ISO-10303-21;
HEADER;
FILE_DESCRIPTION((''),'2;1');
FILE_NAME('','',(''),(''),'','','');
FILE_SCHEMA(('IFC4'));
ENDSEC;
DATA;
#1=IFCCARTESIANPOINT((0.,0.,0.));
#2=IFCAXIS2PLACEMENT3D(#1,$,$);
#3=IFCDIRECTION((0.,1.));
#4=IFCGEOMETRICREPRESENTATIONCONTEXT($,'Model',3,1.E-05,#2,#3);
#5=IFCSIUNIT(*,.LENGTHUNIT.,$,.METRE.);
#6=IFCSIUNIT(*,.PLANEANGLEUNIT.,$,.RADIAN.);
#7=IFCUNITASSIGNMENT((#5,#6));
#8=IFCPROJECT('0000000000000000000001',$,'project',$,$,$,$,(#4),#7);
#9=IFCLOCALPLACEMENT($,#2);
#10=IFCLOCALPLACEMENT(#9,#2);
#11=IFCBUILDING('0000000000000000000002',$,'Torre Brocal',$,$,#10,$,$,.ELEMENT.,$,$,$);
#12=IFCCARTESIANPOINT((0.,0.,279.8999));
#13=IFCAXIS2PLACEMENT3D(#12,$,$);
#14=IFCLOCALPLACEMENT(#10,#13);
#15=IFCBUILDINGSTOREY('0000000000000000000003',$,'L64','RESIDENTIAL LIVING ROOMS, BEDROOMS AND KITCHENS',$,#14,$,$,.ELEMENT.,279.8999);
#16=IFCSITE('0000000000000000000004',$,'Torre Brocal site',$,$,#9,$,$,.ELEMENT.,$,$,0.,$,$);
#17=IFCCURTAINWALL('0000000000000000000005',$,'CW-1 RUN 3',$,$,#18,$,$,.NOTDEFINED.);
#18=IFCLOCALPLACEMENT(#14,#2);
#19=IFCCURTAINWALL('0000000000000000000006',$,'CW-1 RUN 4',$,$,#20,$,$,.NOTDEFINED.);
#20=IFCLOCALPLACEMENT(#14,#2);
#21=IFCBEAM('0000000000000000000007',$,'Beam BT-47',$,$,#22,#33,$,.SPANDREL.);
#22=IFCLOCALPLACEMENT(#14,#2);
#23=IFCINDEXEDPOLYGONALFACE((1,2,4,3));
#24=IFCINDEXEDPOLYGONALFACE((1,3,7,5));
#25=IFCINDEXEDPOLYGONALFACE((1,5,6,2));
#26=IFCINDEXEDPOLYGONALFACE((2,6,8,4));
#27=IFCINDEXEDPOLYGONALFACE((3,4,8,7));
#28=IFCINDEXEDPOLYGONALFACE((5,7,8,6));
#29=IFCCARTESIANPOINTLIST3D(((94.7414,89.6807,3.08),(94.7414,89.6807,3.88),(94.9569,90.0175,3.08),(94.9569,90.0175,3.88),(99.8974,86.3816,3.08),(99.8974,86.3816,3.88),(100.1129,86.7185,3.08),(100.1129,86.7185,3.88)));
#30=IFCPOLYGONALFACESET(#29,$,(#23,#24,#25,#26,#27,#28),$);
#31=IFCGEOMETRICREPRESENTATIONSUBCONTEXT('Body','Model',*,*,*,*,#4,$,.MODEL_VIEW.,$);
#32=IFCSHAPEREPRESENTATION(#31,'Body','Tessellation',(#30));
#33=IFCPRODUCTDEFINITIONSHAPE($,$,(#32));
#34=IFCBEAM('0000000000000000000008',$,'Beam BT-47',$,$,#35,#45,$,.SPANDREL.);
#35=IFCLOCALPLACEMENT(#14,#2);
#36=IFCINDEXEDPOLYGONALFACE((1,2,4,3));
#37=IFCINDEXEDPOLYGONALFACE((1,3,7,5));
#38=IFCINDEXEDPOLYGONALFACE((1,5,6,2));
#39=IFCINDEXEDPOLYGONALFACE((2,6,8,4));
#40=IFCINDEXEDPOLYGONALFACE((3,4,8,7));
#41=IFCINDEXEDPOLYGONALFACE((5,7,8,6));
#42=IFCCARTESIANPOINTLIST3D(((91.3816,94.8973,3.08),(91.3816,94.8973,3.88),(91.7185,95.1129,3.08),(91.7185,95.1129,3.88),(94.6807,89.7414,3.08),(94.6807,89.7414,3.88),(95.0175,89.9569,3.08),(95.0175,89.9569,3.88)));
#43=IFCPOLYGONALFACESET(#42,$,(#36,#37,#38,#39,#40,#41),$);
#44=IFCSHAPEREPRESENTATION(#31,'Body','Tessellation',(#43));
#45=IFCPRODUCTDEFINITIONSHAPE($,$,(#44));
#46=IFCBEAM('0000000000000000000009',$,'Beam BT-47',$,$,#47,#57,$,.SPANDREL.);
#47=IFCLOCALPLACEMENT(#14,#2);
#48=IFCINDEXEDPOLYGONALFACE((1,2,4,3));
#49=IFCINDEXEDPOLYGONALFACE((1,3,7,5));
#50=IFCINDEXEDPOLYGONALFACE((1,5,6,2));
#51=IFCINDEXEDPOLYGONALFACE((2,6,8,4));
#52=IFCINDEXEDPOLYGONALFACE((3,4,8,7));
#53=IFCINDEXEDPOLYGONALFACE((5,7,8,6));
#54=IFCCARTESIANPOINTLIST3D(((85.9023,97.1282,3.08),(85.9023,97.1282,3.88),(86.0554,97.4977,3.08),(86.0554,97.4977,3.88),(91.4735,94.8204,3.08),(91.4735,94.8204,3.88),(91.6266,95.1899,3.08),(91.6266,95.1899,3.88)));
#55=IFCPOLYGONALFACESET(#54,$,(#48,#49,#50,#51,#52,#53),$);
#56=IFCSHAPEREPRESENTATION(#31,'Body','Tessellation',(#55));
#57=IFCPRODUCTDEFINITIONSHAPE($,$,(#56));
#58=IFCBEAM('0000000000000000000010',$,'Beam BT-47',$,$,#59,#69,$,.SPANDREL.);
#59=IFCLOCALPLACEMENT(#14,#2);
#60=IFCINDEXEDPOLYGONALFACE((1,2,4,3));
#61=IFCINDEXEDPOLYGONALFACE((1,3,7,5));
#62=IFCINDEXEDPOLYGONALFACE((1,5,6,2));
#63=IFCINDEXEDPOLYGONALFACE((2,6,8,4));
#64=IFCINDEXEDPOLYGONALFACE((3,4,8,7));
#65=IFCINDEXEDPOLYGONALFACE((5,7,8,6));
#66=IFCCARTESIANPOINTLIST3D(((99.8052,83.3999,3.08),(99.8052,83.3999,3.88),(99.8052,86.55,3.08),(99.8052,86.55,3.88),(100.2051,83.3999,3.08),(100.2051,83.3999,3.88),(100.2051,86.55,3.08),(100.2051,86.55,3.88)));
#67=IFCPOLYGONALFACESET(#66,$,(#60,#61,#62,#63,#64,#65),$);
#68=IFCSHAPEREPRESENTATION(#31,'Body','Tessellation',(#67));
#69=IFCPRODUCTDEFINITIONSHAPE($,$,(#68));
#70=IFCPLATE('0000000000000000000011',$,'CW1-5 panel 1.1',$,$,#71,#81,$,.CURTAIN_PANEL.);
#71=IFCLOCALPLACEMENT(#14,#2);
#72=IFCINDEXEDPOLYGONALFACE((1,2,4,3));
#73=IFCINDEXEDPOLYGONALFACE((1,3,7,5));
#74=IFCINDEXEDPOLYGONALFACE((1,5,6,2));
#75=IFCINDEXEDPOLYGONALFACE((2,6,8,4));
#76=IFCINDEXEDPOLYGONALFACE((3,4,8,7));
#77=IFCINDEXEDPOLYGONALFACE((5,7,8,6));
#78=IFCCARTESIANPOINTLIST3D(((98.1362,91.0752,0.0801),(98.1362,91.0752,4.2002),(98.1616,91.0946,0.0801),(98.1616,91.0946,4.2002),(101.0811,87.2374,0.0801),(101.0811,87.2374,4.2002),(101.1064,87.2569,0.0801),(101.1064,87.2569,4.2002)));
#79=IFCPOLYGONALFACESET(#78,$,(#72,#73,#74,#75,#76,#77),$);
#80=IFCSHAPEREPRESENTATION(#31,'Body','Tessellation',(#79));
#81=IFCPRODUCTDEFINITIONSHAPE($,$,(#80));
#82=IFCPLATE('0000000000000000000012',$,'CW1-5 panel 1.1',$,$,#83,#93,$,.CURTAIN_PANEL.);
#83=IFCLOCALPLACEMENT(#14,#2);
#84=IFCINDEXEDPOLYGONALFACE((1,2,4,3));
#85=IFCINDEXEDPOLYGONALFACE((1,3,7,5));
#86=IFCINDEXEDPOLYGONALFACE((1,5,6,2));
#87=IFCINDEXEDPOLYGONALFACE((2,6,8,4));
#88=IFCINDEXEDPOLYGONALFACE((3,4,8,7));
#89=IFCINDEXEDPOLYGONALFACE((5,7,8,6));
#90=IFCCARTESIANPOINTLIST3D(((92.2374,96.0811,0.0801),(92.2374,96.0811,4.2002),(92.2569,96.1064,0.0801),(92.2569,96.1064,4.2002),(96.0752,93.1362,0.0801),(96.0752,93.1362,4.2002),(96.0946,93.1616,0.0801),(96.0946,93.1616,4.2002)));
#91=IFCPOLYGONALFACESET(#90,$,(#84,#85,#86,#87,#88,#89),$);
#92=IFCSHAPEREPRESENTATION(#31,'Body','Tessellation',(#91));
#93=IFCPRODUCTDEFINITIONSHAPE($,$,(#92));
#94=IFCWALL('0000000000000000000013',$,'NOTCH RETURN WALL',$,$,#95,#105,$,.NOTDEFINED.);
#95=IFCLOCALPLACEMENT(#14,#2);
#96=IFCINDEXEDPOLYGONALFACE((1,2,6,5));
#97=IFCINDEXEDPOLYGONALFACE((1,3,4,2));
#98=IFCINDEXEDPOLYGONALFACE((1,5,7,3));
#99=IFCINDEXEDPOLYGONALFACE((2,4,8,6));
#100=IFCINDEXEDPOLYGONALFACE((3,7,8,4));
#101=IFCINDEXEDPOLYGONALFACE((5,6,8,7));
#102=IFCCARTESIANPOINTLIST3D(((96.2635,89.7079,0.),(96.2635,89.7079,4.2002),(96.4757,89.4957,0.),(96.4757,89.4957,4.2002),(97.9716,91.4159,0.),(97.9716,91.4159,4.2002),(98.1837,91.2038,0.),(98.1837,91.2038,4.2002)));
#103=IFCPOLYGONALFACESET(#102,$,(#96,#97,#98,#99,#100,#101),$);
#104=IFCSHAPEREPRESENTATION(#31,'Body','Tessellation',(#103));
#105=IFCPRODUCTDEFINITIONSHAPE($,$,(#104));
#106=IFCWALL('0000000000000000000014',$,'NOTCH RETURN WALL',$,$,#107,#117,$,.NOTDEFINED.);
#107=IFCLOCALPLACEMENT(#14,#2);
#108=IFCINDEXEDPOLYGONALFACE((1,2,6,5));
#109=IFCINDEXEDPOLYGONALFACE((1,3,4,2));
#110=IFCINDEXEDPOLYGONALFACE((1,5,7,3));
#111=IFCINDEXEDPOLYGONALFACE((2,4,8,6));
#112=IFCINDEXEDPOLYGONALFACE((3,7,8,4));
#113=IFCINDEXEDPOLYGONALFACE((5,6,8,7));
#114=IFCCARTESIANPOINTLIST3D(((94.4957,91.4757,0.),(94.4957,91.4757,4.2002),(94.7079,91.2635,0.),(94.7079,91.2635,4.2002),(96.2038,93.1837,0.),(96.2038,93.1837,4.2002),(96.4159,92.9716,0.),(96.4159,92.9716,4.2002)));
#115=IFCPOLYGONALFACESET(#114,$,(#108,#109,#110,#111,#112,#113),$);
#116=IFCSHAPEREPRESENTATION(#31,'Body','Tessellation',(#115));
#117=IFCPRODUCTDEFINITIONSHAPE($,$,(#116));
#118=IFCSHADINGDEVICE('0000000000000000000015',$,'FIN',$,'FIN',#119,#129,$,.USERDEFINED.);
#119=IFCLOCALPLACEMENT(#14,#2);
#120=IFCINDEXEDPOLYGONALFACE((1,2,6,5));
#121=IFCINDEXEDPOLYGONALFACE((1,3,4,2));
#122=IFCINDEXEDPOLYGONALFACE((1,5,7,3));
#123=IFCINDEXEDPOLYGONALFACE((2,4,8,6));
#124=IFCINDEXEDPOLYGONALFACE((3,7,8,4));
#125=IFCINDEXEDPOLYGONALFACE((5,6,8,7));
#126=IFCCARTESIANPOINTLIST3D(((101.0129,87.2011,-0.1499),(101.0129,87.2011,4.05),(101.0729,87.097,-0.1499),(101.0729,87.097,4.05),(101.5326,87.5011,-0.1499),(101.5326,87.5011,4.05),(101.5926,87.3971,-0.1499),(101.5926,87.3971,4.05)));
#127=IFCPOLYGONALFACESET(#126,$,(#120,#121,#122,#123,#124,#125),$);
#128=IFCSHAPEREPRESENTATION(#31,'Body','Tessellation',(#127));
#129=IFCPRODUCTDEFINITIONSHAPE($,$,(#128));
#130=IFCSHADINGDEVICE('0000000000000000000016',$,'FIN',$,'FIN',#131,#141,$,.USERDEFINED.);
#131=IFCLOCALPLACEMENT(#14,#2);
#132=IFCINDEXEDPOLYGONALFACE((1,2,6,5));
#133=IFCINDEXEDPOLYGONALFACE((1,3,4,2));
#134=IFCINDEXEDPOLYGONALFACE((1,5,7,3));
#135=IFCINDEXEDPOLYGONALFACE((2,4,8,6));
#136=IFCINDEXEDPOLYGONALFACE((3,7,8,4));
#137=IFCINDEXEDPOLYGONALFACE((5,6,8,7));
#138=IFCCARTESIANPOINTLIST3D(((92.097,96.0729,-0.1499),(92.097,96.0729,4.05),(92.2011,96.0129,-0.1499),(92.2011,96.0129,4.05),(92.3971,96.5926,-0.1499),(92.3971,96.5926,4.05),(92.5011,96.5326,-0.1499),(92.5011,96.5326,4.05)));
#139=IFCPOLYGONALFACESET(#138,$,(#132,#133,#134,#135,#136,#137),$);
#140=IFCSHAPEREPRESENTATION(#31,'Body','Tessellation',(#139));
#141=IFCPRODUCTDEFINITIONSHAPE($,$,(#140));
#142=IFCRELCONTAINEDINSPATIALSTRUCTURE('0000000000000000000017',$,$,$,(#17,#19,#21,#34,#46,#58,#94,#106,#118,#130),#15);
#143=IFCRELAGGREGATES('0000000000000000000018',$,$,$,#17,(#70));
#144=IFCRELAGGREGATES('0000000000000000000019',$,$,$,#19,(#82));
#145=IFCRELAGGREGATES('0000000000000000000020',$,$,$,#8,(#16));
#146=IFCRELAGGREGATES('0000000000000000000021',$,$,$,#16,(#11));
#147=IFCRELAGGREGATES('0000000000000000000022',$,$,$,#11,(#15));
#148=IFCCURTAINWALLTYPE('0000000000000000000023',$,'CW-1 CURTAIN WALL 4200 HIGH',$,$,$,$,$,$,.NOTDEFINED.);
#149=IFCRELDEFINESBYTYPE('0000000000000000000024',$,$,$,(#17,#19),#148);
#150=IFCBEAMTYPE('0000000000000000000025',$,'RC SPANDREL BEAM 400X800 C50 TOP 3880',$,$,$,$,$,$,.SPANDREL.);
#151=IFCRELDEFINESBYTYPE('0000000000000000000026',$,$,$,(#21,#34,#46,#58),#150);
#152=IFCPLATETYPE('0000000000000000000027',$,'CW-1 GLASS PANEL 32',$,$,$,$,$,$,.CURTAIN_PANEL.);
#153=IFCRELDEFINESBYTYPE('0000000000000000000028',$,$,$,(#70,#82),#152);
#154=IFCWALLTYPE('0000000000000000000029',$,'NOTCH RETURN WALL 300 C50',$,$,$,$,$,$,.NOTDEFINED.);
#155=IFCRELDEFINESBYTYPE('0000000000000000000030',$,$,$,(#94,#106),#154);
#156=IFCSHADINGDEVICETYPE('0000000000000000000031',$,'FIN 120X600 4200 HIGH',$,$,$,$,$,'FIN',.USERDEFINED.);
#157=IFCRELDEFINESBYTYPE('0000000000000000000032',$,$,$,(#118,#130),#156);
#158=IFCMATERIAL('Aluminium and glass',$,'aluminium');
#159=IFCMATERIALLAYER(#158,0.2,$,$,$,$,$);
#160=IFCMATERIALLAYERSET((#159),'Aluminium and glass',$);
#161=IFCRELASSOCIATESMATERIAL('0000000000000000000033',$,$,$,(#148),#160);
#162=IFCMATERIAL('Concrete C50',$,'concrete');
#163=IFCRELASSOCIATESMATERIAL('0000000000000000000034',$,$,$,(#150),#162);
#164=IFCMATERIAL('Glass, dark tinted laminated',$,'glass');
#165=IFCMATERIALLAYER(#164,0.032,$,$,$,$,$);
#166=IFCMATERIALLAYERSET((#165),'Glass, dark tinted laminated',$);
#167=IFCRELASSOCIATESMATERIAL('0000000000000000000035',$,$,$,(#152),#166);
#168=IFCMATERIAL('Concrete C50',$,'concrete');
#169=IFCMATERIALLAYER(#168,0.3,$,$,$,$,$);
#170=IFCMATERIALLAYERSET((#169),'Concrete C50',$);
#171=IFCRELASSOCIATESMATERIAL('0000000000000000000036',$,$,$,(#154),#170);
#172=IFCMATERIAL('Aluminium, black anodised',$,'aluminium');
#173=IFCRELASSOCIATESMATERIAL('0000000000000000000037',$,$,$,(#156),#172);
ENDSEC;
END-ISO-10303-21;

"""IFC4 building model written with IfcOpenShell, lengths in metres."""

from ifc_helpers import new_model, si_unit, direction, frame, frame_2d, origin, origin_2d, place, context, subcontext, project, spatial, rectangle, extrude, material, layer, layer_set, material_profile, profile_set, type_object, element, aggregate, save


model = new_model("IFC4")

# Units and contexts
model_context = context("Model", 3, precision=1e-05, world=origin(), true_north=direction((0.0, 1.0)))
body_context = subcontext(model_context, "Body", "Model", "MODEL_VIEW")
ifc_project = project(units=[si_unit("LENGTHUNIT", "METRE"), si_unit("PLANEANGLEUNIT", "RADIAN")], contexts=[model_context])

# Site, building, storey
site_placement = place(None, origin())
site = spatial("IfcSite", under=ifc_project, at=site_placement, Name="Torre Brocal site", CompositionType="ELEMENT", RefElevation=0.0)
building_placement = place(site_placement, origin())
building = spatial("IfcBuilding", under=site, at=building_placement, Name="Torre Brocal", CompositionType="ELEMENT")
storey_placement = place(building_placement, frame((0.0, 0.0, 279.8999)))
storey = spatial("IfcBuildingStorey", under=building, at=storey_placement, Name="L64", Description="RESIDENTIAL LIVING ROOMS, BEDROOMS AND KITCHENS", CompositionType="ELEMENT", Elevation=279.8999)

# Shared definitions
ifc_material_1 = material(Name="Aluminium and glass", Category="aluminium")
ifc_layer_1 = layer(ifc_material_1, 0.2)
ifc_layer_set_1 = layer_set([ifc_layer_1], Name="Aluminium and glass")
curtain_wall_type = type_object("IfcCurtainWallType", Name="CW-1 CURTAIN WALL 4200 HIGH", PredefinedType="NOTDEFINED", material=ifc_layer_set_1)

# Curtain walls
curtain_wall_1_placement = place(storey_placement, origin())
curtain_wall_1 = element("IfcCurtainWall", 1, at=curtain_wall_1_placement, inside=storey, type_object=curtain_wall_type, Name="CW-1 RUN 3", PredefinedType="NOTDEFINED")
curtain_wall_2_placement = place(storey_placement, origin())
curtain_wall_2 = element("IfcCurtainWall", 2, at=curtain_wall_2_placement, inside=storey, type_object=curtain_wall_type, Name="CW-1 RUN 4", PredefinedType="NOTDEFINED")

# Beams
ifc_material_2 = material(Name="Concrete C50", Category="concrete")
ifc_material_profile_1 = material_profile(ifc_material_2, rectangle(XDim=0.3999, YDim=0.8, at=origin_2d()), Name="RC 400X800")
ifc_profile_set_1 = profile_set([ifc_material_profile_1], Name="Concrete C50")
beam_type_1 = type_object("IfcBeamType", Name="RC SPANDREL BEAM 400X800 C50 TOP 3880", PredefinedType="SPANDREL", material=ifc_profile_set_1)
for number, where, z_axis, x_axis, name in (
    (3, (100.0051, 86.55, 3.48), (-0.842329, 0.538964, 0.0), (-0.538964, -0.842329, 0.0), "Beam BT-47"),
    (4, (94.8491, 89.8491, 3.48), (-0.538964, 0.842329, 0.0), (-0.842329, -0.538964, 0.0), "Beam BT-47"),
):
    element("IfcBeam", number, at=place(storey_placement, frame(where, z_axis=z_axis, x_axis=x_axis)), inside=storey, type_object=beam_type_1, Name=name, PredefinedType="SPANDREL", context=body_context, shape_type="SweptSolid", body=[
        extrude(rectangle(XDim=0.3999, YDim=0.8, at=origin_2d()), origin(), (0.0, 0.0, 1.0), 6.1211),
    ])
beam_1_placement = place(storey_placement, frame((91.55, 95.0051, 3.48), z_axis=(-0.92387, 0.382706, 0.0), x_axis=(-0.382706, -0.92387, 0.0)))
element("IfcBeam", 5, at=beam_1_placement, inside=storey, type_object=beam_type_1, Name="Beam BT-47", PredefinedType="SPANDREL", context=body_context, shape_type="SweptSolid", body=[
    extrude(rectangle(XDim=0.3999, YDim=0.8, at=origin_2d()), origin(), (0.0, 0.0, 1.0), 6.0303),
])
beam_2_placement = place(storey_placement, frame((100.0051, 86.55, 3.48), z_axis=(0.0, -1.0, 0.0), x_axis=(1.0, 0.0, 0.0)))
element("IfcBeam", 6, at=beam_2_placement, inside=storey, type_object=beam_type_1, Name="Beam BT-47", PredefinedType="SPANDREL", context=body_context, shape_type="SweptSolid", body=[
    extrude(rectangle(XDim=0.3999, YDim=0.8, at=origin_2d()), origin(), (0.0, 0.0, 1.0), 3.1501),
])

# Plates
ifc_material_3 = material(Name="Glass, dark tinted laminated", Category="glass")
ifc_layer_2 = layer(ifc_material_3, 0.032)
ifc_layer_set_2 = layer_set([ifc_layer_2], Name="Glass, dark tinted laminated")
plate_type = type_object("IfcPlateType", Name="CW-1 GLASS PANEL 32", PredefinedType="CURTAIN_PANEL", material=ifc_layer_set_2)
plate_1_placement = place(storey_placement, frame((99.6213, 89.166, 0.0801), z_axis=(0.0, 0.0, 1.0), x_axis=(-0.608761, 0.793353, 0.0)))
plate_1 = element("IfcPlate", 7, at=plate_1_placement, type_object=plate_type, Name="CW1-5 panel 1.1", PredefinedType="CURTAIN_PANEL", context=body_context, shape_type="SweptSolid", body=[
    extrude(rectangle(XDim=4.8374, YDim=0.032, at=origin_2d()), origin(), (0.0, 0.0, 1.0), 4.1201),
])
aggregate(curtain_wall_1, [plate_1])
plate_2_placement = place(storey_placement, frame((94.166, 94.6213, 0.0801), z_axis=(0.0, 0.0, 1.0), x_axis=(-0.793353, 0.608761, 0.0)))
plate_2 = element("IfcPlate", 8, at=plate_2_placement, type_object=plate_type, Name="CW1-5 panel 1.1", PredefinedType="CURTAIN_PANEL", context=body_context, shape_type="SweptSolid", body=[
    extrude(rectangle(XDim=4.8374, YDim=0.032, at=origin_2d()), origin(), (0.0, 0.0, 1.0), 4.1201),
])
aggregate(curtain_wall_2, [plate_2])

# Walls
ifc_material_4 = material(Name="Concrete C50", Category="concrete")
ifc_layer_3 = layer(ifc_material_4, 0.3)
ifc_layer_set_3 = layer_set([ifc_layer_3], Name="Concrete C50")
wall_type = type_object("IfcWallType", Name="NOTCH RETURN WALL 300 C50", PredefinedType="NOTDEFINED", material=ifc_layer_set_3)
for number, where, z_axis, x_axis, name in (
    (9, (96.3696, 89.6018, 0.0), (0.0, 0.0, 1.0), (0.707107, 0.707107, 0.0), "NOTCH RETURN WALL"),
    (10, (94.6018, 91.3696, 0.0), (0.0, 0.0, 1.0), (0.707107, 0.707107, 0.0), "NOTCH RETURN WALL"),
):
    element("IfcWall", number, at=place(storey_placement, frame(where, z_axis=z_axis, x_axis=x_axis)), inside=storey, type_object=wall_type, Name=name, PredefinedType="NOTDEFINED", context=body_context, shape_type="SweptSolid", body=[
        extrude(rectangle(XDim=2.4155, YDim=0.3, at=frame_2d((1.2078, 0.0))), origin(), (0.0, 0.0, 1.0), 4.2002),
    ])

# Shading devices
ifc_material_5 = material(Name="Aluminium, black anodised", Category="aluminium")
ifc_material_profile_2 = material_profile(ifc_material_5, rectangle(XDim=0.1201, YDim=0.6001, at=origin_2d()), Name="FIN 120X600 4200 HIGH")
ifc_profile_set_2 = profile_set([ifc_material_profile_2], Name="Aluminium, black anodised")
shading_device_type = type_object("IfcShadingDeviceType", Name="FIN 120X600 4200 HIGH", ElementType="FIN", PredefinedType="USERDEFINED", material=ifc_profile_set_2)
for number, where, z_axis, x_axis, name in (
    (11, (101.3027, 87.2991, -0.1499), (0.0, 0.0, 1.0), (-0.5, 0.866025, 0.0), "FIN"),
    (12, (92.2991, 96.3027, -0.1499), (0.0, 0.0, 1.0), (-0.866025, 0.5, 0.0), "FIN"),
):
    element("IfcShadingDevice", number, at=place(storey_placement, frame(where, z_axis=z_axis, x_axis=x_axis)), inside=storey, type_object=shading_device_type, Name=name, ObjectType="FIN", PredefinedType="USERDEFINED", context=body_context, shape_type="SweptSolid", body=[
        extrude(rectangle(XDim=0.1201, YDim=0.6001, at=origin_2d()), origin(), (0.0, 0.0, 1.0), 4.2),
    ])

save(model, "model.ifc")
